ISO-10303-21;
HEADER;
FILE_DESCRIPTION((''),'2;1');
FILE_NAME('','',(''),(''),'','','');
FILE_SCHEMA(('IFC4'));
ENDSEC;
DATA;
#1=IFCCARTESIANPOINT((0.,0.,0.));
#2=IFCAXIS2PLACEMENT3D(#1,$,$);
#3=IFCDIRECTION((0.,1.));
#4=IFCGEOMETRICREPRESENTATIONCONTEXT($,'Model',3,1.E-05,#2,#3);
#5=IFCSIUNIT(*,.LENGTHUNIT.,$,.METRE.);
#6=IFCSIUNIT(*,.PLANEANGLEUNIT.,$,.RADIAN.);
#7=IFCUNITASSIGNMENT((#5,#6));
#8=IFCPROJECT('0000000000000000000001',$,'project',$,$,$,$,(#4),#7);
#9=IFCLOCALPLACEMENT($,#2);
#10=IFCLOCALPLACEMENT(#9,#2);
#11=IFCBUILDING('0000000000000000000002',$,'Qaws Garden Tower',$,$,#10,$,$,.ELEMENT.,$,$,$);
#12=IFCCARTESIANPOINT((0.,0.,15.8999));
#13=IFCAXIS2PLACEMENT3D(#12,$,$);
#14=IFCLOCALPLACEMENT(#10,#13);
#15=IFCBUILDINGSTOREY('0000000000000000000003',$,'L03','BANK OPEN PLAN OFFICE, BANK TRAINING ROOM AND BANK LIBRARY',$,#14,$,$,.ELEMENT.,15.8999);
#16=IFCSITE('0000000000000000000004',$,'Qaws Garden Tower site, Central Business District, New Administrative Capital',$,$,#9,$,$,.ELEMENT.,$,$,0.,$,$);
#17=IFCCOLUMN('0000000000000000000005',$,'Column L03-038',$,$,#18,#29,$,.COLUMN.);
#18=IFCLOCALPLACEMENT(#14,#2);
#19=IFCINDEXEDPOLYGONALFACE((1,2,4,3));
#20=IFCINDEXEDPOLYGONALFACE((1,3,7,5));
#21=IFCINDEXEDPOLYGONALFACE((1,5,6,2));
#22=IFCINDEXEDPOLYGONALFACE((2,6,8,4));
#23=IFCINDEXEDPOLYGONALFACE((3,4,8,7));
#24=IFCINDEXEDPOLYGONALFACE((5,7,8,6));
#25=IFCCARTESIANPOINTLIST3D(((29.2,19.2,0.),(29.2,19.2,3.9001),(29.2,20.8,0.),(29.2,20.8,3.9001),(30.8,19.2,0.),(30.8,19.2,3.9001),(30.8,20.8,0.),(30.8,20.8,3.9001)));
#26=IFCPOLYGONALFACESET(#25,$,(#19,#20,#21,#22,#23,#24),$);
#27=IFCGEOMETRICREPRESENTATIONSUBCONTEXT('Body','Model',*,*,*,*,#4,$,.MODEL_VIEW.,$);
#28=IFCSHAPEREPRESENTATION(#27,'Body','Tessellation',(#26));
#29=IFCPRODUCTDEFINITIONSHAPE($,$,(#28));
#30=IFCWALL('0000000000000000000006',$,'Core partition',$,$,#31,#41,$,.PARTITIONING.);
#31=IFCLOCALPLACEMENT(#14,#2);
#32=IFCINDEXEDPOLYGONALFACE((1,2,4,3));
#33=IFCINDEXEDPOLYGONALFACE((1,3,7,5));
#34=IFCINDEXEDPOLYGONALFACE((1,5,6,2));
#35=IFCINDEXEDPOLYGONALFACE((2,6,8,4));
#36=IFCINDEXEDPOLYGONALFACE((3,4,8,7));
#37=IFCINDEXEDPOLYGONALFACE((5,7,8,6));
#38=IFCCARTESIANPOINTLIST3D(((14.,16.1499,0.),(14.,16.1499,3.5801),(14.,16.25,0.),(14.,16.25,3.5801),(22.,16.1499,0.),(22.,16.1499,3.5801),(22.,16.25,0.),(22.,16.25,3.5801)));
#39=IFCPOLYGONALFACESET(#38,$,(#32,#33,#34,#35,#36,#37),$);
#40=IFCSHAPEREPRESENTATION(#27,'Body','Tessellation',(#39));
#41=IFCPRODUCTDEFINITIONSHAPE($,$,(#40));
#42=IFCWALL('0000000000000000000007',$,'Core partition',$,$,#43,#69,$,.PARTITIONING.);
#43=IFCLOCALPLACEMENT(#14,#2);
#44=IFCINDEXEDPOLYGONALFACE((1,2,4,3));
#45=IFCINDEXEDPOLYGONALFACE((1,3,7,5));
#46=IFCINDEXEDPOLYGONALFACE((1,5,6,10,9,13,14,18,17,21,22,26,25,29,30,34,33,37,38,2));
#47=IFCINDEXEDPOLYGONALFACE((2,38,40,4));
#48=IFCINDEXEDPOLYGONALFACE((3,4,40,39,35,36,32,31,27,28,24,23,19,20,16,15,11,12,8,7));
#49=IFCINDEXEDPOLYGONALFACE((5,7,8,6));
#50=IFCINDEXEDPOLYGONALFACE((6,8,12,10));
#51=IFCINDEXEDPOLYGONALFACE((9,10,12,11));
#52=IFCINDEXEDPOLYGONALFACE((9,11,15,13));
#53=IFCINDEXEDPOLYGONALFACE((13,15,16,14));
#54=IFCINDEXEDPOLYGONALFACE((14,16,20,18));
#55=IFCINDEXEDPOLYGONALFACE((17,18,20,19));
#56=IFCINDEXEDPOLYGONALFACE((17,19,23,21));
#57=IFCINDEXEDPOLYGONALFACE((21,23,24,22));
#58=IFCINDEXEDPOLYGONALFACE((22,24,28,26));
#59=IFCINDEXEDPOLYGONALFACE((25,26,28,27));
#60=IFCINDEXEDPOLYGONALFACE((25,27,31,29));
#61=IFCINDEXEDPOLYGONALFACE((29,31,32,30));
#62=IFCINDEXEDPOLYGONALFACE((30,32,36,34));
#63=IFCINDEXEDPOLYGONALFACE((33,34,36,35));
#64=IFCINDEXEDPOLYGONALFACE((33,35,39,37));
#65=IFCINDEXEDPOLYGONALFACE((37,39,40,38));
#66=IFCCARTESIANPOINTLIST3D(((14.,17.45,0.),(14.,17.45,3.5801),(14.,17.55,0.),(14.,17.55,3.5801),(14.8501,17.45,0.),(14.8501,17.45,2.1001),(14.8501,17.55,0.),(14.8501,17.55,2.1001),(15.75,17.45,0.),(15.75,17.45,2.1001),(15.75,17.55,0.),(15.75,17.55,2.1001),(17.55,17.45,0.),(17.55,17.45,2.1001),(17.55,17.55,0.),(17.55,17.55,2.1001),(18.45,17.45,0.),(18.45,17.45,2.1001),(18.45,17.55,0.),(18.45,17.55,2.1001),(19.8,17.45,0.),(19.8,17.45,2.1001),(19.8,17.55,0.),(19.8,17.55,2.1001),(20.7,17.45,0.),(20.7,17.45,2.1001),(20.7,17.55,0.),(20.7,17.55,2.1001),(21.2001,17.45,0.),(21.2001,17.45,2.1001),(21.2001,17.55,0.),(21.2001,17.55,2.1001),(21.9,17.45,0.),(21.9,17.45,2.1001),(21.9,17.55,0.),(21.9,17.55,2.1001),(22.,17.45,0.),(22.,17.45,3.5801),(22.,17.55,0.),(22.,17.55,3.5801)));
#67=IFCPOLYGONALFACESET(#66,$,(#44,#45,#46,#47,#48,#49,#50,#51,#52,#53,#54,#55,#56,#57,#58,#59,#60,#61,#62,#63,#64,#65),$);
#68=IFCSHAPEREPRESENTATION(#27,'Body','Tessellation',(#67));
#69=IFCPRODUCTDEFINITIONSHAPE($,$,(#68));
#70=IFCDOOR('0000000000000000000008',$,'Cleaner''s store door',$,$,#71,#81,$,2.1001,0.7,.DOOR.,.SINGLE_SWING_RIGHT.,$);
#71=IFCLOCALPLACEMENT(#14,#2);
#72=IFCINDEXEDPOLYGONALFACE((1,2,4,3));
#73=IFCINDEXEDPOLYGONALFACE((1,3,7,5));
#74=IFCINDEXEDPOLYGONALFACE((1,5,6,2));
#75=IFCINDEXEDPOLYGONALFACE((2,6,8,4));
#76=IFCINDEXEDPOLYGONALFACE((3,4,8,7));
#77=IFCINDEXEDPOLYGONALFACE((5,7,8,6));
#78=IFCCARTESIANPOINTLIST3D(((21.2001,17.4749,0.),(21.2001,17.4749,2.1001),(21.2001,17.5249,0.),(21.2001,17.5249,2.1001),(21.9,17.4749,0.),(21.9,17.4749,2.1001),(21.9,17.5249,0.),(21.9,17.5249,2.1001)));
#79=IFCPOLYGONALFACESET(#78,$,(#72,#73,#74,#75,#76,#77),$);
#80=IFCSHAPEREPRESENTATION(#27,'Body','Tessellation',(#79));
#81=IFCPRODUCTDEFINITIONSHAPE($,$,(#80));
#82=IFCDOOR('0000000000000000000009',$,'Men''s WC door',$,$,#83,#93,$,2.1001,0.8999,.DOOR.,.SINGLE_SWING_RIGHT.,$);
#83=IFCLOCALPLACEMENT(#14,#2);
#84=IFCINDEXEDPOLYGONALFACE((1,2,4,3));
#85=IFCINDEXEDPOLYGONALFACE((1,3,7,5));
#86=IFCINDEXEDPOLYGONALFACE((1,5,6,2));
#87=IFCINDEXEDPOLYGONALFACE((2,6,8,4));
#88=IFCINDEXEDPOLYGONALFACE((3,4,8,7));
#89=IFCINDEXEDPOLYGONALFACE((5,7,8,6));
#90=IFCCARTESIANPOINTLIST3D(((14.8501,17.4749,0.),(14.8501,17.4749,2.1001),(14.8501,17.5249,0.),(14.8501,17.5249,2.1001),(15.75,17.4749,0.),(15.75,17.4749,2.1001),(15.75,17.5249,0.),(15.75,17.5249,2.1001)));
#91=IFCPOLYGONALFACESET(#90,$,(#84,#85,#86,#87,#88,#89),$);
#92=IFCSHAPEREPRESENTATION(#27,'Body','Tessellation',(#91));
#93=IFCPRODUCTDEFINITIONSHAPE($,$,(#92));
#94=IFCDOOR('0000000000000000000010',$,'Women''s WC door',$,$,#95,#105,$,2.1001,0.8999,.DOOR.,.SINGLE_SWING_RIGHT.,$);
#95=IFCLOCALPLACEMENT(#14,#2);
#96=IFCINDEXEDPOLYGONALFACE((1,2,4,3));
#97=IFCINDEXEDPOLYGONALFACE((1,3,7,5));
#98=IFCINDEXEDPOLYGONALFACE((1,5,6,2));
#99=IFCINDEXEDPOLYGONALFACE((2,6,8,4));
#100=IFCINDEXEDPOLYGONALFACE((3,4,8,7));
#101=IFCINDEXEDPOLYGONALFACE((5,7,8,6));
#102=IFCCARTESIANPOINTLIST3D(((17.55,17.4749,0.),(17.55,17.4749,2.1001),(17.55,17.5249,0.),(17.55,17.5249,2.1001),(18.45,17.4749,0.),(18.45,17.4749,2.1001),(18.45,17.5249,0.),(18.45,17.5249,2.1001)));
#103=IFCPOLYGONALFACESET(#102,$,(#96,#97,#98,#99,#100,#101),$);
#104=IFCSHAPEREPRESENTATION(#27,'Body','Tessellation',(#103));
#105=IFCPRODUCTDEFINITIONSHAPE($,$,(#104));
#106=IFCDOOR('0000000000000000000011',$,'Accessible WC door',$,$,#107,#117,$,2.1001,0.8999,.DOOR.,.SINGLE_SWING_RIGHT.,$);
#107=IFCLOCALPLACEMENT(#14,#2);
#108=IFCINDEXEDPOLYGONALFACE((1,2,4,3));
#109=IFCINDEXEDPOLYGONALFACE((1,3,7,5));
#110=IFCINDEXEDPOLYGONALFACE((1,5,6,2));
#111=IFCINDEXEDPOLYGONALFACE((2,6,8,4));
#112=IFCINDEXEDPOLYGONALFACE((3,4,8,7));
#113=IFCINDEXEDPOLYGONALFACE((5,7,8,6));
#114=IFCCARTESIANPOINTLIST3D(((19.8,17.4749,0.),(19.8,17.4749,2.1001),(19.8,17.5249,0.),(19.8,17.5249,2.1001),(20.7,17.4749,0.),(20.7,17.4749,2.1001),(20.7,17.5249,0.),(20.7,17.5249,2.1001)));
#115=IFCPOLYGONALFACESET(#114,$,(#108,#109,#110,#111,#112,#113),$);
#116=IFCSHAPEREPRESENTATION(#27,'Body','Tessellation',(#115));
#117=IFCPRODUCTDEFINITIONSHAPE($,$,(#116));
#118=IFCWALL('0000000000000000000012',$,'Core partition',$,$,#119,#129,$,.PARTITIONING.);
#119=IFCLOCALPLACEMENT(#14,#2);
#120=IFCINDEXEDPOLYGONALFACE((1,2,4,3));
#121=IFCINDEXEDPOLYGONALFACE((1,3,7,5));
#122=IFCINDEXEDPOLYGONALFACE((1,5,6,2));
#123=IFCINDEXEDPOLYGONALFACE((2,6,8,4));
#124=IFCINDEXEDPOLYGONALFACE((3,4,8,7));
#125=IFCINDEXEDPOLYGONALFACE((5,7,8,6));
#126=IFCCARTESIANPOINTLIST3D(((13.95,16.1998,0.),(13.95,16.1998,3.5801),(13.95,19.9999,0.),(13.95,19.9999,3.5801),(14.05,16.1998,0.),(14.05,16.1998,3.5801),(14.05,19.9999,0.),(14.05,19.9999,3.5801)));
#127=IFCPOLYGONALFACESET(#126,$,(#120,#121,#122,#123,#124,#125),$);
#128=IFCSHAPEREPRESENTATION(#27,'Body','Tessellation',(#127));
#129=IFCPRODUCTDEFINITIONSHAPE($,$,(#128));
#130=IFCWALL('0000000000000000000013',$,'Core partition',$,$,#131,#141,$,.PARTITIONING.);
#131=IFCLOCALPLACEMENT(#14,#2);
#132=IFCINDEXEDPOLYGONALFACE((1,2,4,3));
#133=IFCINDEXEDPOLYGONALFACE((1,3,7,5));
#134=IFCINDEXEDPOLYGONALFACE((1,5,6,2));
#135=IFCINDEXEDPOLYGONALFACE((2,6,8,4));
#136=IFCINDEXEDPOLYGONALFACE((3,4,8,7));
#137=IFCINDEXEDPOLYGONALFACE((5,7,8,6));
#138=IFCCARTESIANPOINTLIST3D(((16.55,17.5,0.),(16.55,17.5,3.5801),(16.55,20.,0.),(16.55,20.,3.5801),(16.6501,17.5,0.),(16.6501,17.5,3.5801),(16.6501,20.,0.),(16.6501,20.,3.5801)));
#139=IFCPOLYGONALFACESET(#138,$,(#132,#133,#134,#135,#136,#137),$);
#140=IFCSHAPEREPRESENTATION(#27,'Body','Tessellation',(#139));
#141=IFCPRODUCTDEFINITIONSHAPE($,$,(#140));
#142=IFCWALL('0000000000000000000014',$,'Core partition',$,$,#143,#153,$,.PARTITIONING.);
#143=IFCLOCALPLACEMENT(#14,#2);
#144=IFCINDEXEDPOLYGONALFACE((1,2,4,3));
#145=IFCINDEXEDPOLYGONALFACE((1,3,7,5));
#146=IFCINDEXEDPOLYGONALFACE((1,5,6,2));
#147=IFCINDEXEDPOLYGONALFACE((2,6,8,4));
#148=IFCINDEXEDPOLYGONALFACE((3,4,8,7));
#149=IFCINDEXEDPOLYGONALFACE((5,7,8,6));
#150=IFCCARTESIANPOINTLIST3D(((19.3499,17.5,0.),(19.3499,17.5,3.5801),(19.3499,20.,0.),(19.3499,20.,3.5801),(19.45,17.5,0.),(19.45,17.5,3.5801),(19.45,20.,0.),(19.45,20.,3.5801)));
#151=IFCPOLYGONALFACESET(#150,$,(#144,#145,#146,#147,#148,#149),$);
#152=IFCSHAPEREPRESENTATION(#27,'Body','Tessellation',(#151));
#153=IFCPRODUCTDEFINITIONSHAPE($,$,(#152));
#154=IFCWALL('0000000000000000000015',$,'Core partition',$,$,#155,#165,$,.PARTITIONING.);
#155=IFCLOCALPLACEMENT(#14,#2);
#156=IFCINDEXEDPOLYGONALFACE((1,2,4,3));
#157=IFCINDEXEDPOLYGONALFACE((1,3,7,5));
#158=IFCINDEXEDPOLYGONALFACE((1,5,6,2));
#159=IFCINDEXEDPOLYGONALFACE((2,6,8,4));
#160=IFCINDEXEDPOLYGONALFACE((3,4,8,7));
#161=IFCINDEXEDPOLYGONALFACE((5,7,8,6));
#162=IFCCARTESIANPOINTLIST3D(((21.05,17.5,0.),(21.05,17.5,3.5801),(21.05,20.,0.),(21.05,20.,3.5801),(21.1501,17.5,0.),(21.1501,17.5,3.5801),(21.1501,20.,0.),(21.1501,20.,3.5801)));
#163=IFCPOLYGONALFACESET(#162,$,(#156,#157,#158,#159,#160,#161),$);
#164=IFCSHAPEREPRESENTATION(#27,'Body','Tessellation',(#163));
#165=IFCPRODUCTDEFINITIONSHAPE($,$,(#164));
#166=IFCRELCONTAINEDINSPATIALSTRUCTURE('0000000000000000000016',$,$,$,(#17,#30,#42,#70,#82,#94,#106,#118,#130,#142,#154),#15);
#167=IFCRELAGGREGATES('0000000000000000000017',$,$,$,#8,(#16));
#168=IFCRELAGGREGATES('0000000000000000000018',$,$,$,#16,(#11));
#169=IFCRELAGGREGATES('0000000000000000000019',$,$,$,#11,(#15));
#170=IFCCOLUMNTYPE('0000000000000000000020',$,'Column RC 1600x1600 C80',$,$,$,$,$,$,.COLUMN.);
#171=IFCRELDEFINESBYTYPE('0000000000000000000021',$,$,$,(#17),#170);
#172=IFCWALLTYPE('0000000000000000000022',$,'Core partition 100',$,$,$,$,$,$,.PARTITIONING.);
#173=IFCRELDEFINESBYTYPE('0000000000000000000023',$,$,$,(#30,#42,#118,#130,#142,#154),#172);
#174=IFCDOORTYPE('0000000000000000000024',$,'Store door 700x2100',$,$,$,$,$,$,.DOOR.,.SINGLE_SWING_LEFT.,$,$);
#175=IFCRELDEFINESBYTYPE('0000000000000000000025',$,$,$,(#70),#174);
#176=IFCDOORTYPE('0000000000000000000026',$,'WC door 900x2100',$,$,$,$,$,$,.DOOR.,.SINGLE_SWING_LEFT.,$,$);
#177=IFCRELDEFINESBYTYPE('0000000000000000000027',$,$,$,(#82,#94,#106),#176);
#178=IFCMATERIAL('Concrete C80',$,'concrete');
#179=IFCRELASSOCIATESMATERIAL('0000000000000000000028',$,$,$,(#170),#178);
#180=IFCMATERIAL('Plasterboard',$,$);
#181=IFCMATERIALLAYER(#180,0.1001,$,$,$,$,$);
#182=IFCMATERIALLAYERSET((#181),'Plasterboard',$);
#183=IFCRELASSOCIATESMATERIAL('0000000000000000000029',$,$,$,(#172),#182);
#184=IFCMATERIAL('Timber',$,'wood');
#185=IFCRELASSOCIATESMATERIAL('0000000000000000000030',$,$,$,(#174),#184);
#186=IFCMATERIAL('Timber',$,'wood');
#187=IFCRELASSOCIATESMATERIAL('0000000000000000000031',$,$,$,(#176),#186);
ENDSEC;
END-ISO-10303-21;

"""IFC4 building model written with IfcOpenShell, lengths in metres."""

from ifc_helpers import new_model, si_unit, direction, frame, frame_2d, origin, origin_2d, place, context, subcontext, project, spatial, rectangle, extrude, material, layer, layer_set, material_profile, profile_set, type_object, element, fill, save


model = new_model("IFC4")

# Units and contexts
model_context = context("Model", 3, precision=1e-05, world=origin(), true_north=direction((0.0, 1.0)))
body_context = subcontext(model_context, "Body", "Model", "MODEL_VIEW")
ifc_project = project(units=[si_unit("LENGTHUNIT", "METRE"), si_unit("PLANEANGLEUNIT", "RADIAN")], contexts=[model_context])

# Site, building, storey
site_placement = place(None, origin())
site = spatial("IfcSite", under=ifc_project, at=site_placement, Name="Qaws Garden Tower site, Central Business District, New Administrative Capital", CompositionType="ELEMENT", RefElevation=0.0)
building_placement = place(site_placement, origin())
building = spatial("IfcBuilding", under=site, at=building_placement, Name="Qaws Garden Tower", CompositionType="ELEMENT")
storey_placement = place(building_placement, frame((0.0, 0.0, 15.8999)))
storey = spatial("IfcBuildingStorey", under=building, at=storey_placement, Name="L03", Description="BANK OPEN PLAN OFFICE, BANK TRAINING ROOM AND BANK LIBRARY", CompositionType="ELEMENT", Elevation=15.8999)

# Column
ifc_material_1 = material(Name="Concrete C80", Category="concrete")
ifc_material_profile = material_profile(ifc_material_1, rectangle(XDim=1.6001, YDim=1.6001, at=origin_2d()), Name="RC 1600x1600")
ifc_profile_set = profile_set([ifc_material_profile], Name="Concrete C80")
column_type = type_object("IfcColumnType", Name="Column RC 1600x1600 C80", PredefinedType="COLUMN", material=ifc_profile_set)
column_placement = place(storey_placement, frame((30.0, 20.0, 0.0), z_axis=(0.0, 0.0, 1.0), x_axis=(1.0, 0.0, 0.0)))
element("IfcColumn", 1, at=column_placement, inside=storey, type_object=column_type, Name="Column L03-038", PredefinedType="COLUMN", context=body_context, shape_type="SweptSolid", body=[
    extrude(rectangle(XDim=1.6001, YDim=1.6001, at=origin_2d()), origin(), (0.0, 0.0, 1.0), 3.9001),
])

# Wall
ifc_material_2 = material(Name="Plasterboard")
ifc_layer_1 = layer(ifc_material_2, 0.1001)
ifc_layer_set_1 = layer_set([ifc_layer_1], Name="Plasterboard")
wall_type_1 = type_object("IfcWallType", Name="Core partition 100", PredefinedType="PARTITIONING", material=ifc_layer_set_1)
wall_1_placement = place(storey_placement, frame((14.0, 16.2, 0.0), z_axis=(0.0, 0.0, 1.0), x_axis=(1.0, 0.0, 0.0)))
element("IfcWall", 2, at=wall_1_placement, inside=storey, type_object=wall_type_1, Name="Core partition", PredefinedType="PARTITIONING", context=body_context, shape_type="SweptSolid", body=[
    extrude(rectangle(XDim=8.0, YDim=0.1001, at=frame_2d((4.0, 0.0))), origin(), (0.0, 0.0, 1.0), 3.5801),
])

# Wall, openings, doors
wall_2_placement = place(storey_placement, frame((14.0, 17.5, 0.0), z_axis=(0.0, 0.0, 1.0), x_axis=(1.0, 0.0, 0.0)))
wall_2 = element("IfcWall", 3, at=wall_2_placement, inside=storey, type_object=wall_type_1, Name="Core partition", PredefinedType="PARTITIONING", context=body_context, shape_type="SweptSolid", body=[
    extrude(rectangle(XDim=8.0, YDim=0.1001, at=frame_2d((4.0, 0.0))), origin(), (0.0, 0.0, 1.0), 3.5801),
])
opening_1_placement = place(wall_2_placement, frame((0.8501, 0.0, 0.0)))
opening_1 = element("IfcOpeningElement", 4, at=opening_1_placement, cuts=wall_2, PredefinedType="OPENING", context=body_context, shape_type="SweptSolid", body=[
    extrude(rectangle(XDim=0.8999, YDim=2.1001, at=frame_2d((0.45, 1.05))), frame((0.0, 0.0601, 0.0), z_axis=(0.0, -1.0, 0.0), x_axis=(1.0, 0.0, 0.0)), (0.0, 0.0, 1.0), 0.1201),
])
opening_2_placement = place(wall_2_placement, frame((3.55, 0.0, 0.0)))
opening_2 = element("IfcOpeningElement", 5, at=opening_2_placement, cuts=wall_2, PredefinedType="OPENING", context=body_context, shape_type="SweptSolid", body=[
    extrude(rectangle(XDim=0.8999, YDim=2.1001, at=frame_2d((0.45, 1.05))), frame((0.0, 0.0601, 0.0), z_axis=(0.0, -1.0, 0.0), x_axis=(1.0, 0.0, 0.0)), (0.0, 0.0, 1.0), 0.1201),
])
opening_3_placement = place(wall_2_placement, frame((5.8, 0.0, 0.0)))
opening_3 = element("IfcOpeningElement", 6, at=opening_3_placement, cuts=wall_2, PredefinedType="OPENING", context=body_context, shape_type="SweptSolid", body=[
    extrude(rectangle(XDim=0.8999, YDim=2.1001, at=frame_2d((0.45, 1.05))), frame((0.0, 0.0601, 0.0), z_axis=(0.0, -1.0, 0.0), x_axis=(1.0, 0.0, 0.0)), (0.0, 0.0, 1.0), 0.1201),
])
opening_4_placement = place(wall_2_placement, frame((7.2, 0.0, 0.0)))
opening_4 = element("IfcOpeningElement", 7, at=opening_4_placement, cuts=wall_2, PredefinedType="OPENING", context=body_context, shape_type="SweptSolid", body=[
    extrude(rectangle(XDim=0.7, YDim=2.1001, at=frame_2d((0.3501, 1.05))), frame((0.0, 0.0601, 0.0), z_axis=(0.0, -1.0, 0.0), x_axis=(1.0, 0.0, 0.0)), (0.0, 0.0, 1.0), 0.1201),
])
ifc_material_3 = material(Name="Timber", Category="wood")
door_type_1 = type_object("IfcDoorType", Name="Store door 700x2100", OperationType="SINGLE_SWING_LEFT", PredefinedType="DOOR", material=ifc_material_3)
door_1_placement = place(opening_4_placement, origin())
door_1 = element("IfcDoor", 8, at=door_1_placement, inside=storey, type_object=door_type_1, Name="Cleaner's store door", OperationType="SINGLE_SWING_RIGHT", OverallHeight=2.1001, OverallWidth=0.7, PredefinedType="DOOR", context=body_context, shape_type="SweptSolid", body=[
    extrude(rectangle(XDim=0.7, YDim=2.1001, at=frame_2d((0.3501, 1.05))), frame((0.0, 0.0249, 0.0), z_axis=(0.0, -1.0, 0.0), x_axis=(1.0, 0.0, 0.0)), (0.0, 0.0, 1.0), 0.05),
])
fill(opening_4, door_1)
ifc_material_4 = material(Name="Timber", Category="wood")
door_type_2 = type_object("IfcDoorType", Name="WC door 900x2100", OperationType="SINGLE_SWING_LEFT", PredefinedType="DOOR", material=ifc_material_4)
door_2_placement = place(opening_1_placement, origin())
door_2 = element("IfcDoor", 9, at=door_2_placement, inside=storey, type_object=door_type_2, Name="Men's WC door", OperationType="SINGLE_SWING_RIGHT", OverallHeight=2.1001, OverallWidth=0.8999, PredefinedType="DOOR", context=body_context, shape_type="SweptSolid", body=[
    extrude(rectangle(XDim=0.8999, YDim=2.1001, at=frame_2d((0.45, 1.05))), frame((0.0, 0.0249, 0.0), z_axis=(0.0, -1.0, 0.0), x_axis=(1.0, 0.0, 0.0)), (0.0, 0.0, 1.0), 0.05),
])
fill(opening_1, door_2)
door_3_placement = place(opening_2_placement, origin())
door_3 = element("IfcDoor", 10, at=door_3_placement, inside=storey, type_object=door_type_2, Name="Women's WC door", OperationType="SINGLE_SWING_RIGHT", OverallHeight=2.1001, OverallWidth=0.8999, PredefinedType="DOOR", context=body_context, shape_type="SweptSolid", body=[
    extrude(rectangle(XDim=0.8999, YDim=2.1001, at=frame_2d((0.45, 1.05))), frame((0.0, 0.0249, 0.0), z_axis=(0.0, -1.0, 0.0), x_axis=(1.0, 0.0, 0.0)), (0.0, 0.0, 1.0), 0.05),
])
fill(opening_2, door_3)
door_4_placement = place(opening_3_placement, origin())
door_4 = element("IfcDoor", 11, at=door_4_placement, inside=storey, type_object=door_type_2, Name="Accessible WC door", OperationType="SINGLE_SWING_RIGHT", OverallHeight=2.1001, OverallWidth=0.8999, PredefinedType="DOOR", context=body_context, shape_type="SweptSolid", body=[
    extrude(rectangle(XDim=0.8999, YDim=2.1001, at=frame_2d((0.45, 1.05))), frame((0.0, 0.0249, 0.0), z_axis=(0.0, -1.0, 0.0), x_axis=(1.0, 0.0, 0.0)), (0.0, 0.0, 1.0), 0.05),
])
fill(opening_3, door_4)

# Walls
wall_3_placement = place(storey_placement, frame((14.0, 16.2, 0.0), z_axis=(0.0, 0.0, 1.0), x_axis=(0.0, 1.0, 0.0)))
element("IfcWall", 12, at=wall_3_placement, inside=storey, type_object=wall_type_1, Name="Core partition", PredefinedType="PARTITIONING", context=body_context, shape_type="SweptSolid", body=[
    extrude(rectangle(XDim=3.8, YDim=0.1001, at=frame_2d((1.8999, 0.0))), origin(), (0.0, 0.0, 1.0), 3.5801),
])
for number, where, z_axis, x_axis, name in (
    (13, (16.6001, 17.5, 0.0), (0.0, 0.0, 1.0), (0.0, 1.0, 0.0), "Core partition"),
    (14, (19.3999, 17.5, 0.0), (0.0, 0.0, 1.0), (0.0, 1.0, 0.0), "Core partition"),
    (15, (21.1001, 17.5, 0.0), (0.0, 0.0, 1.0), (0.0, 1.0, 0.0), "Core partition"),
):
    element("IfcWall", number, at=place(storey_placement, frame(where, z_axis=z_axis, x_axis=x_axis)), inside=storey, type_object=wall_type_1, Name=name, PredefinedType="PARTITIONING", context=body_context, shape_type="SweptSolid", body=[
        extrude(rectangle(XDim=2.5, YDim=0.1001, at=frame_2d((1.25, 0.0))), origin(), (0.0, 0.0, 1.0), 3.5801),
    ])

save(model, "model.ifc")
